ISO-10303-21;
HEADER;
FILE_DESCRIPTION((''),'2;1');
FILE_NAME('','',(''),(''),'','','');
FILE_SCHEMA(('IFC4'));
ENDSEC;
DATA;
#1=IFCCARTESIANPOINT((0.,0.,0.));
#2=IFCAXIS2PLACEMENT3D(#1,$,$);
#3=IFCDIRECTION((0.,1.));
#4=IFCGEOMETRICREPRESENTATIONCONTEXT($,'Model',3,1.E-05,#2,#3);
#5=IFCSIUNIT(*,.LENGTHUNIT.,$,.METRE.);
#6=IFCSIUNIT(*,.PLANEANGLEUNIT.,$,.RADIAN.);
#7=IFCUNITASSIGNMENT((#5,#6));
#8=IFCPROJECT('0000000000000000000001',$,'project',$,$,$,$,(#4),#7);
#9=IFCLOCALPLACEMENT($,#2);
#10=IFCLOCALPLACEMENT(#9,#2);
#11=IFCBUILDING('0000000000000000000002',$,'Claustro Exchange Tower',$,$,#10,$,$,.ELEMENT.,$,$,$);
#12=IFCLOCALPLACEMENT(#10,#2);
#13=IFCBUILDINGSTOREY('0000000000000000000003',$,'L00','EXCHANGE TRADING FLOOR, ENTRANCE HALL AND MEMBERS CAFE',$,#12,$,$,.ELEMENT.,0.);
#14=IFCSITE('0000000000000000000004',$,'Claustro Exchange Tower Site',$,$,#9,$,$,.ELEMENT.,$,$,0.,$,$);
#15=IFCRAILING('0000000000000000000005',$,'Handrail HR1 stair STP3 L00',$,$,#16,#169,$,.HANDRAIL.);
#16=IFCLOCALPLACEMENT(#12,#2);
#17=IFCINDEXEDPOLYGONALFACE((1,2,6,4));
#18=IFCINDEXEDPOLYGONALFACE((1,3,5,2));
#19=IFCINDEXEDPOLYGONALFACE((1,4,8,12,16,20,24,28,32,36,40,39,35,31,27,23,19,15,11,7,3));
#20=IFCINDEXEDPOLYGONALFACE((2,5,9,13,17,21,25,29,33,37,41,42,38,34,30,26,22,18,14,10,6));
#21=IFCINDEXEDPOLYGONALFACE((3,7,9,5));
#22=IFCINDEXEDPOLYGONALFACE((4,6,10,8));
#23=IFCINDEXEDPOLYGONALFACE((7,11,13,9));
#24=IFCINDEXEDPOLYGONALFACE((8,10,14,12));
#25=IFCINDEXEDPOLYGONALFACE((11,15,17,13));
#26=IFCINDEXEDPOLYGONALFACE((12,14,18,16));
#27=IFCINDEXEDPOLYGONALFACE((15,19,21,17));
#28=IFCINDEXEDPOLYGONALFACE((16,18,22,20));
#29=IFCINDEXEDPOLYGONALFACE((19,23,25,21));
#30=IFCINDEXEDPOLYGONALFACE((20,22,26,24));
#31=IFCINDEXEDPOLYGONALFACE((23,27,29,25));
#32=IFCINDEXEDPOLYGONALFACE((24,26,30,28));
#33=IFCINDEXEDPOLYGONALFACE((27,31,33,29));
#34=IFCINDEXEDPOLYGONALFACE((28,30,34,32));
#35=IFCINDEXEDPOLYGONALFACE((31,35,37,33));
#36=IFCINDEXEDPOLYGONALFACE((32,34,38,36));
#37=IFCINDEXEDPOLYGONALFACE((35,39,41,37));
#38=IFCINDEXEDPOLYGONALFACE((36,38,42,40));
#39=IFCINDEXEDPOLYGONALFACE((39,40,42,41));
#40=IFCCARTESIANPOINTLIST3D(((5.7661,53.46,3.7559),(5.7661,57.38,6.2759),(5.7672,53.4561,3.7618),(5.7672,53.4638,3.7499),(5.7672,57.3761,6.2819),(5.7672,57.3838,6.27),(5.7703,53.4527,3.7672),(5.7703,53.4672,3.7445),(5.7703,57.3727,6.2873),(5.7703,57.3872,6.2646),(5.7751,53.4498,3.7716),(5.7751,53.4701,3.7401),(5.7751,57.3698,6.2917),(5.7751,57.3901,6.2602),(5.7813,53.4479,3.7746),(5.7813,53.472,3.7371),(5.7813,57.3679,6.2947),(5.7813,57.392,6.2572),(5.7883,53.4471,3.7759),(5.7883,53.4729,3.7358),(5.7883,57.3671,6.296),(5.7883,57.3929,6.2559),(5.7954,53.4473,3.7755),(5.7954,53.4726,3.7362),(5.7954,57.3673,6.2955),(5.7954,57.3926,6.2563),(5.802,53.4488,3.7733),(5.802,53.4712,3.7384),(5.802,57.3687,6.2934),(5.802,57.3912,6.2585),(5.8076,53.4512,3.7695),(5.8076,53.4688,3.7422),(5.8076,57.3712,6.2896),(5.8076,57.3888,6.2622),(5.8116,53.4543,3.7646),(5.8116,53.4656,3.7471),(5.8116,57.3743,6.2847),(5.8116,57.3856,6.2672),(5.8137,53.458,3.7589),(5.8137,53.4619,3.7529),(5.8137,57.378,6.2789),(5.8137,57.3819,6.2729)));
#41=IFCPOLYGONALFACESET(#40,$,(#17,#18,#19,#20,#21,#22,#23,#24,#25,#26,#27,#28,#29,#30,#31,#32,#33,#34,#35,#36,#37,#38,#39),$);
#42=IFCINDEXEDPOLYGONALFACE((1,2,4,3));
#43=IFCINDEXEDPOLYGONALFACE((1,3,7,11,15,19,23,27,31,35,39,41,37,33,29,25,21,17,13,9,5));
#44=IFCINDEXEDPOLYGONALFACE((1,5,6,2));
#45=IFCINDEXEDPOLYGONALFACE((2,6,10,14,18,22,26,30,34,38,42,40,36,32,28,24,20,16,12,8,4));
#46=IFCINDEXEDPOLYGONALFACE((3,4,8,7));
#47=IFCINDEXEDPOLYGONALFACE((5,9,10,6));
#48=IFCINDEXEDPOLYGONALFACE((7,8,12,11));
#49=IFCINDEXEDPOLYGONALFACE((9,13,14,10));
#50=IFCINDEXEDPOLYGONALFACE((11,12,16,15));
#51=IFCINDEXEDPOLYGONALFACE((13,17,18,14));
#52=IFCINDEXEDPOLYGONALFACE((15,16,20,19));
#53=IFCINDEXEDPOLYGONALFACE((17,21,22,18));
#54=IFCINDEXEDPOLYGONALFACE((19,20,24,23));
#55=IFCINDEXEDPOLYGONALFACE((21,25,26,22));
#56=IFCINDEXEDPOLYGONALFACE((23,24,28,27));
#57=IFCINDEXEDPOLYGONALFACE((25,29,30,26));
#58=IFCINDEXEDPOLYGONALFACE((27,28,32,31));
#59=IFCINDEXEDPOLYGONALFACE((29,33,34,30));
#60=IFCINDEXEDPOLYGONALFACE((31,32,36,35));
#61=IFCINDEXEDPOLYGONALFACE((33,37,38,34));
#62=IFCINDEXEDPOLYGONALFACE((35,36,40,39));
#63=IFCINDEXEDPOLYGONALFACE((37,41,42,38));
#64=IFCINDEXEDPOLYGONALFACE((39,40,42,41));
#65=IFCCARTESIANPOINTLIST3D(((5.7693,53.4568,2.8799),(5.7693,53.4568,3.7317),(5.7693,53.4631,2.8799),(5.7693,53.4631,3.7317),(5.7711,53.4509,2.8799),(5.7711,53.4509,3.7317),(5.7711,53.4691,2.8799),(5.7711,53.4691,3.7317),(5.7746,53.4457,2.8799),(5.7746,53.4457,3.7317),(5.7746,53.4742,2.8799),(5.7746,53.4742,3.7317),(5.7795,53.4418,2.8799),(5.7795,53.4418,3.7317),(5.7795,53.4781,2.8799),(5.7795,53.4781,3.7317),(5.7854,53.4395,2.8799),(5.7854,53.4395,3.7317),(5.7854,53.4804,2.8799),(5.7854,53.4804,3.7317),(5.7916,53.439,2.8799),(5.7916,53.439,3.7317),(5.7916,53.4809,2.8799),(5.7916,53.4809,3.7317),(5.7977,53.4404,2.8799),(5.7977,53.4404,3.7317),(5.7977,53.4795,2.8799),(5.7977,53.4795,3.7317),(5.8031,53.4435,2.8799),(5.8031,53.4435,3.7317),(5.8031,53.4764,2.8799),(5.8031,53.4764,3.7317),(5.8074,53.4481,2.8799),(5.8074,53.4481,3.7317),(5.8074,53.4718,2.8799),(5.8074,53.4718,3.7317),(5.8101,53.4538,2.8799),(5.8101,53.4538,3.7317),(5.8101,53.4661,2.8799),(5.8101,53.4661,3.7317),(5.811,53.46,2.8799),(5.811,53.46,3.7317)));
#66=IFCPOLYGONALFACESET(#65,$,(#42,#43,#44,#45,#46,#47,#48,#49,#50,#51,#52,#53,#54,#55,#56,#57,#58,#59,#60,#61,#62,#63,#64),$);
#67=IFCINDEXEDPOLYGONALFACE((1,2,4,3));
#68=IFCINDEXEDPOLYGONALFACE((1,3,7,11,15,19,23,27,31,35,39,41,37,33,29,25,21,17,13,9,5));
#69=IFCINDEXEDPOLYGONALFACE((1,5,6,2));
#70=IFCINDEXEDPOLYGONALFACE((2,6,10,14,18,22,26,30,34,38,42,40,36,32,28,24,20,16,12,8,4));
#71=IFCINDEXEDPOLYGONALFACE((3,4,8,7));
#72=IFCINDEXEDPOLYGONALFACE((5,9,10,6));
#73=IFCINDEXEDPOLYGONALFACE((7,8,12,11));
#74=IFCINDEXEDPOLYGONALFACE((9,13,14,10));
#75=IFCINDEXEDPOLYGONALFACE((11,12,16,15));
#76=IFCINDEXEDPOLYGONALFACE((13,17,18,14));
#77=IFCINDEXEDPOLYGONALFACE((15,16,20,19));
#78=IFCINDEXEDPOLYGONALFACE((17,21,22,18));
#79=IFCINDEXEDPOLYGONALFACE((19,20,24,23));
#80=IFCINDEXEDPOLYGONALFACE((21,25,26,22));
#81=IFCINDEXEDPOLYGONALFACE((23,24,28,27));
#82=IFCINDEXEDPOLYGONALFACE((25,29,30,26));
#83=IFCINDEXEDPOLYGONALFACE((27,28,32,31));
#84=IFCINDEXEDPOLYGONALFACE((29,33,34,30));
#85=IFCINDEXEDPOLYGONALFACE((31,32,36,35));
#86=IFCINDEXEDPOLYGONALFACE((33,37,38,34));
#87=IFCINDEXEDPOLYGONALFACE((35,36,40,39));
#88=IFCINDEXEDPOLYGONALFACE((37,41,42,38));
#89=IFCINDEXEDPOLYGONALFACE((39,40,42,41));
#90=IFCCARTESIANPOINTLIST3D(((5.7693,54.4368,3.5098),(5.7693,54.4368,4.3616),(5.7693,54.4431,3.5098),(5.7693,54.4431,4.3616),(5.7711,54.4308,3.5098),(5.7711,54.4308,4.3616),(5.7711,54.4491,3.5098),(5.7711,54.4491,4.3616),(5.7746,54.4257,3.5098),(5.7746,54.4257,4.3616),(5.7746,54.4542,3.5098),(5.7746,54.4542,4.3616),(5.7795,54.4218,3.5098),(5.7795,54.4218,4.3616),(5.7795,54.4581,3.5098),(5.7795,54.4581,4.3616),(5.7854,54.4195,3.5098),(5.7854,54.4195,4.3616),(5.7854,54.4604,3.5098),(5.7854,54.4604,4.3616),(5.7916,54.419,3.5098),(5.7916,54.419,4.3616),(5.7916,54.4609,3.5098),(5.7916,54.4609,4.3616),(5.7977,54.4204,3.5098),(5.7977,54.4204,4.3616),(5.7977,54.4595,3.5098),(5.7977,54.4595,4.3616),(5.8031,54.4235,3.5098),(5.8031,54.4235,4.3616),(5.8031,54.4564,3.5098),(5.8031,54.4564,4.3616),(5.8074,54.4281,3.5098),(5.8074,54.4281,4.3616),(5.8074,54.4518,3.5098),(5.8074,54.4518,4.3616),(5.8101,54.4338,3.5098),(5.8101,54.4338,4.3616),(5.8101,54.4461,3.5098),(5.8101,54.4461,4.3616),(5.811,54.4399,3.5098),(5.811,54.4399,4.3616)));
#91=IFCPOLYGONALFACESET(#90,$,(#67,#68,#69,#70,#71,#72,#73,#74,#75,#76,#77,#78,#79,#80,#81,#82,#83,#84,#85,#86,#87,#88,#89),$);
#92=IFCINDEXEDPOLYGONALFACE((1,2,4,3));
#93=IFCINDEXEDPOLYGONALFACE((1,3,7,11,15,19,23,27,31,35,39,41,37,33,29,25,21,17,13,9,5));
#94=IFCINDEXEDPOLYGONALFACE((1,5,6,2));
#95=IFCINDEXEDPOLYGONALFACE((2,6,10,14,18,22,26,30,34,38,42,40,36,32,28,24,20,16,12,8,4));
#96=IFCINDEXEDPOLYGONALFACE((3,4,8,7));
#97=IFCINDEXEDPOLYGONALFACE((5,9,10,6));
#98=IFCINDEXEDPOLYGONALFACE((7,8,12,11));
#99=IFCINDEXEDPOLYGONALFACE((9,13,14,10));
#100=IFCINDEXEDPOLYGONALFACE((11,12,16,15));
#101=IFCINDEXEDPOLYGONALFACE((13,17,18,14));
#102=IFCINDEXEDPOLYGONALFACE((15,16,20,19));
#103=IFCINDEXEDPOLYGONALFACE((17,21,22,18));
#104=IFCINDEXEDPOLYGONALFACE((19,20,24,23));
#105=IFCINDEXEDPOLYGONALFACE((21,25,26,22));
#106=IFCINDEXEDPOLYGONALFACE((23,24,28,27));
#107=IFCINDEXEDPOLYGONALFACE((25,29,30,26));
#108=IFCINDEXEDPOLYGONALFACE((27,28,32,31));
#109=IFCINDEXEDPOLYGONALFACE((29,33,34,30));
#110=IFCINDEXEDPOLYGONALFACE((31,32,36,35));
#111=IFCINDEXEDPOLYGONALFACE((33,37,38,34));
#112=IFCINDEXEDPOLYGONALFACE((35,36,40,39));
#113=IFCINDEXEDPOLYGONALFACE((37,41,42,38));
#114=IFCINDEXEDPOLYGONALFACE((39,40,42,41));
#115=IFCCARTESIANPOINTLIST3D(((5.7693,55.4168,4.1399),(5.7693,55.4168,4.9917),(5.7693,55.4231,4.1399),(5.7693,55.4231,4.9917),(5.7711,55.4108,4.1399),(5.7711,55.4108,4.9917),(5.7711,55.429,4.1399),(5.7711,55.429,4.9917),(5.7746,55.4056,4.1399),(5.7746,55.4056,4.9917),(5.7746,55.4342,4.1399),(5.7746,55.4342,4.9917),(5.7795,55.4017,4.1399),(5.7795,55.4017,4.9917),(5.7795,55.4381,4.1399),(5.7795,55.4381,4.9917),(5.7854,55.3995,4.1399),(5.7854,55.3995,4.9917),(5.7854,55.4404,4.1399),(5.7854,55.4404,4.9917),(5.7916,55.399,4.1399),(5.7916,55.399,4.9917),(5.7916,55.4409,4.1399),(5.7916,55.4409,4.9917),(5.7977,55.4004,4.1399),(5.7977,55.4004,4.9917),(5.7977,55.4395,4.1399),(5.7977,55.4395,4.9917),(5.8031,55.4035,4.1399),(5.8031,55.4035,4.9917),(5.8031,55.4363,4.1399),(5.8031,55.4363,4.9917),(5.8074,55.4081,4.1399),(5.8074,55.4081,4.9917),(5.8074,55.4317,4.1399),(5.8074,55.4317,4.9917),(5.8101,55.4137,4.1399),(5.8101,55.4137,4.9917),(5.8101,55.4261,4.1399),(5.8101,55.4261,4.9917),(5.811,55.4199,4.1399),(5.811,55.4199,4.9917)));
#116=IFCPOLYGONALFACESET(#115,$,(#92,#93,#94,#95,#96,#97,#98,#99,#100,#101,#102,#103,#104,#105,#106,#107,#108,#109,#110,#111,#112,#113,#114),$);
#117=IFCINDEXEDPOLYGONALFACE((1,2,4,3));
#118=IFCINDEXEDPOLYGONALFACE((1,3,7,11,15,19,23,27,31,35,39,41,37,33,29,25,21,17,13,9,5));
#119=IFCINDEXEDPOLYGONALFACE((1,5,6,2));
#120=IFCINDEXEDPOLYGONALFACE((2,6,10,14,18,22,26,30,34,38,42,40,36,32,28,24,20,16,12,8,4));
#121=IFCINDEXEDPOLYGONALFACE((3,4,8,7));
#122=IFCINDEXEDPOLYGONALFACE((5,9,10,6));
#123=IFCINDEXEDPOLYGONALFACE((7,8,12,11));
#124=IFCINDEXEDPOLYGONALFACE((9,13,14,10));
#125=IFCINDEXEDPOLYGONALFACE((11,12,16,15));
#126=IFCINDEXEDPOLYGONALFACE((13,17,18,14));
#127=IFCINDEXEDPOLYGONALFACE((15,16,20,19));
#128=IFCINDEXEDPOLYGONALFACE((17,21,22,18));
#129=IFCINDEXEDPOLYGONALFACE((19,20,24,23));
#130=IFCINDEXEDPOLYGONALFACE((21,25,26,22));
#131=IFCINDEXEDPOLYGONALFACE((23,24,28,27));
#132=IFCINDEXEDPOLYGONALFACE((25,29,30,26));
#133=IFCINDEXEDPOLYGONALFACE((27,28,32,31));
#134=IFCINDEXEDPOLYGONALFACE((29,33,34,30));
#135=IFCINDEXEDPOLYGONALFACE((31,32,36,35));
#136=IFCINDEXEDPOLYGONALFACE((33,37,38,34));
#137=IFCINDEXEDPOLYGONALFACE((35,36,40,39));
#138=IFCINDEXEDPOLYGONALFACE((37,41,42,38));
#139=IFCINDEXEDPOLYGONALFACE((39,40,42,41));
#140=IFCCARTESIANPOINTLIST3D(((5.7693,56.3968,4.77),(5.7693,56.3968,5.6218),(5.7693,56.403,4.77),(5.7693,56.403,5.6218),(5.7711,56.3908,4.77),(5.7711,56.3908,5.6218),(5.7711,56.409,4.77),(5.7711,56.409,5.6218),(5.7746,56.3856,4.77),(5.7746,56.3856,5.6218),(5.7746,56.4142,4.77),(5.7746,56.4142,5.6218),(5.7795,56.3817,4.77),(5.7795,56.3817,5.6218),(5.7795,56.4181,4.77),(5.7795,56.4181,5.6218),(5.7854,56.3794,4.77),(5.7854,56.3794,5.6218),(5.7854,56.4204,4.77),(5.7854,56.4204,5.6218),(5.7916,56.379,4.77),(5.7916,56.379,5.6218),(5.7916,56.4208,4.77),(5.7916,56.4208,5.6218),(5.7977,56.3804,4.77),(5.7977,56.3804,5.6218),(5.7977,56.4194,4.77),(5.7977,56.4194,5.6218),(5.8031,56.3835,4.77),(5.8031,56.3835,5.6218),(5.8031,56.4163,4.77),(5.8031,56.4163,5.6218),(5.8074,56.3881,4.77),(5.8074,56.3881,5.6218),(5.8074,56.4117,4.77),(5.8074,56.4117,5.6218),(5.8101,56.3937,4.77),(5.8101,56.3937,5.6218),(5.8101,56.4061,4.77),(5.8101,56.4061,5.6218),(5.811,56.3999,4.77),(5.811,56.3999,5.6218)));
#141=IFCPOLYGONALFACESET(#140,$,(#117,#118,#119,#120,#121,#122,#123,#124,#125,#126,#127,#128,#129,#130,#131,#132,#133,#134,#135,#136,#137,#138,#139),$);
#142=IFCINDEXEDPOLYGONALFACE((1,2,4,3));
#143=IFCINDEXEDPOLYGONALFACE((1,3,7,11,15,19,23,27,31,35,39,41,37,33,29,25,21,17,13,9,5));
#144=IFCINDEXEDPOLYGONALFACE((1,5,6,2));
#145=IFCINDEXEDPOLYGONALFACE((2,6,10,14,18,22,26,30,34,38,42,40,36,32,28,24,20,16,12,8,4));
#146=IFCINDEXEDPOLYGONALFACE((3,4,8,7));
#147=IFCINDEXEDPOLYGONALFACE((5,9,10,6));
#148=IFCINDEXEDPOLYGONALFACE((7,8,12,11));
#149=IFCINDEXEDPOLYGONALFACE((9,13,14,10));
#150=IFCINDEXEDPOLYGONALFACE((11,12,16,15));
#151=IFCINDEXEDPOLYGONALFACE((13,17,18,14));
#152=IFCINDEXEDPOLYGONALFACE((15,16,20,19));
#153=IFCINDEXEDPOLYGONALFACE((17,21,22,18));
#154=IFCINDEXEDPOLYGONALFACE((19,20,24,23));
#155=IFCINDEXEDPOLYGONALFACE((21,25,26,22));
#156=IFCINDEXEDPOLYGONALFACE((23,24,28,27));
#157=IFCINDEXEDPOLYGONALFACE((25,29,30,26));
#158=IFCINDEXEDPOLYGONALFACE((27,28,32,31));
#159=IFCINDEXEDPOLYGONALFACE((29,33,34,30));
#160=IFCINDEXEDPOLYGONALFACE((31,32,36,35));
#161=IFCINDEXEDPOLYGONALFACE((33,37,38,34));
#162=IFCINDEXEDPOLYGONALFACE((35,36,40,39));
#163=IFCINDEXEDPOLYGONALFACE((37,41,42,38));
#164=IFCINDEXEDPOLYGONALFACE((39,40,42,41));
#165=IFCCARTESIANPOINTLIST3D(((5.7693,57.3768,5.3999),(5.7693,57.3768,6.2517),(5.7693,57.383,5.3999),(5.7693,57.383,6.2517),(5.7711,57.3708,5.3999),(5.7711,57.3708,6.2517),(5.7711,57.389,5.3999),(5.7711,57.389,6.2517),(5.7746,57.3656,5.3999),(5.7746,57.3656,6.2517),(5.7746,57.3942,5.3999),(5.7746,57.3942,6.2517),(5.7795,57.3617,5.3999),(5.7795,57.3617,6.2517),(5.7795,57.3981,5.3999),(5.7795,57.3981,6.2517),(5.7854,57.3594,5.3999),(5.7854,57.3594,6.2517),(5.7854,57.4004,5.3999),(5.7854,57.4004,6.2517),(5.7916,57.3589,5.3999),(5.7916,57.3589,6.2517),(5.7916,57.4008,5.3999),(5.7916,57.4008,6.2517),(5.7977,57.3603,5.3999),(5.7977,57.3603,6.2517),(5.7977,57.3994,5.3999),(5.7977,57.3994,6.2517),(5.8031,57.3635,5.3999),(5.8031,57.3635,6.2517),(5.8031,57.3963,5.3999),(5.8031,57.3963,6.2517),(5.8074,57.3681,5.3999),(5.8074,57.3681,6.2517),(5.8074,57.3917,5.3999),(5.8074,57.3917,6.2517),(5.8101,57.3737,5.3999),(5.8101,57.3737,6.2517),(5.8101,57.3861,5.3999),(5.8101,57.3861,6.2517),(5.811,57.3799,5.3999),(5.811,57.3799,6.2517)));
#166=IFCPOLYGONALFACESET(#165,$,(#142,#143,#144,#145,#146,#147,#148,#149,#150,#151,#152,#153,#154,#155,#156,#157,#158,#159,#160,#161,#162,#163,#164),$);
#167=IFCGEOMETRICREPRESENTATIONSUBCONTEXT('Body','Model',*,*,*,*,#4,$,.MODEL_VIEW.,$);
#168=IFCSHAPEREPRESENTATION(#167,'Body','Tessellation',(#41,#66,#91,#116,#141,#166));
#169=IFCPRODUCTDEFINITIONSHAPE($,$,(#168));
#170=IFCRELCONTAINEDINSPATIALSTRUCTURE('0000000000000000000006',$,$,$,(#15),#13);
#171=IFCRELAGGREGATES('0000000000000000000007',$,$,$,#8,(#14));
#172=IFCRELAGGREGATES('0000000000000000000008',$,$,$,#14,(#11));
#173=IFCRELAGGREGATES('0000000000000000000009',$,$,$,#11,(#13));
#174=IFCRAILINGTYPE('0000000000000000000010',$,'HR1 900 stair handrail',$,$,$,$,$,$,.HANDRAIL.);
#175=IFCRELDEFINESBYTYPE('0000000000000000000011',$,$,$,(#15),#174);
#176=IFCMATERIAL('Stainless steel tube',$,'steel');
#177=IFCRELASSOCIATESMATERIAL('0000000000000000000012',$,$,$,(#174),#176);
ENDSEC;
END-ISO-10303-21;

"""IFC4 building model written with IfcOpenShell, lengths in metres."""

from ifc_helpers import new_model, si_unit, direction, frame, origin, origin_2d, place, context, subcontext, project, spatial, circle, extrude, material, type_object, element, save


model = new_model("IFC4")

# Units and contexts
model_context = context("Model", 3, precision=1e-05, world=origin(), true_north=direction((0.0, 1.0)))
body_context = subcontext(model_context, "Body", "Model", "MODEL_VIEW")
ifc_project = project(units=[si_unit("LENGTHUNIT", "METRE"), si_unit("PLANEANGLEUNIT", "RADIAN")], contexts=[model_context])

# Site, building, storey
site_placement = place(None, origin())
site = spatial("IfcSite", under=ifc_project, at=site_placement, Name="Claustro Exchange Tower Site", CompositionType="ELEMENT", RefElevation=0.0)
building_placement = place(site_placement, origin())
building = spatial("IfcBuilding", under=site, at=building_placement, Name="Claustro Exchange Tower", CompositionType="ELEMENT")
storey_placement = place(building_placement, origin())
storey = spatial("IfcBuildingStorey", under=building, at=storey_placement, Name="L00", Description="EXCHANGE TRADING FLOOR, ENTRANCE HALL AND MEMBERS CAFE", CompositionType="ELEMENT", Elevation=0.0)

# Railing
ifc_material_1 = material(Name="Stainless steel tube", Category="steel")
railing_type_1 = type_object("IfcRailingType", Name="HR1 900 stair handrail", PredefinedType="HANDRAIL", material=ifc_material_1)
railing_1_placement = place(storey_placement, frame((5.79, 53.46, 2.8799)))
element("IfcRailing", 1, at=railing_1_placement, inside=storey, type_object=railing_type_1, Name="Handrail HR1 stair STP3 L00", PredefinedType="HANDRAIL", context=body_context, shape_type="SweptSolid", body=[
    extrude(circle(Radius=0.0239, at=origin_2d()), frame((0.0, 0.0, 0.876), z_axis=(0.0, 0.841172, 0.540768), x_axis=(-1.0, 0.0, 0.0)), (0.0, 0.0, 1.0), 4.6602),
    extrude(circle(Radius=0.021, at=origin_2d()), origin(), (0.0, 0.0, 1.0), 0.8518),
    extrude(circle(Radius=0.021, at=origin_2d()), frame((0.0, 0.98, 0.6299)), (0.0, 0.0, 1.0), 0.8518),
    extrude(circle(Radius=0.021, at=origin_2d()), frame((0.0, 1.96, 1.26)), (0.0, 0.0, 1.0), 0.8518),
    extrude(circle(Radius=0.021, at=origin_2d()), frame((0.0, 2.9399, 1.8901)), (0.0, 0.0, 1.0), 0.8518),
    extrude(circle(Radius=0.021, at=origin_2d()), frame((0.0, 3.9199, 2.52)), (0.0, 0.0, 1.0), 0.8518),
])

save(model, "model.ifc")
